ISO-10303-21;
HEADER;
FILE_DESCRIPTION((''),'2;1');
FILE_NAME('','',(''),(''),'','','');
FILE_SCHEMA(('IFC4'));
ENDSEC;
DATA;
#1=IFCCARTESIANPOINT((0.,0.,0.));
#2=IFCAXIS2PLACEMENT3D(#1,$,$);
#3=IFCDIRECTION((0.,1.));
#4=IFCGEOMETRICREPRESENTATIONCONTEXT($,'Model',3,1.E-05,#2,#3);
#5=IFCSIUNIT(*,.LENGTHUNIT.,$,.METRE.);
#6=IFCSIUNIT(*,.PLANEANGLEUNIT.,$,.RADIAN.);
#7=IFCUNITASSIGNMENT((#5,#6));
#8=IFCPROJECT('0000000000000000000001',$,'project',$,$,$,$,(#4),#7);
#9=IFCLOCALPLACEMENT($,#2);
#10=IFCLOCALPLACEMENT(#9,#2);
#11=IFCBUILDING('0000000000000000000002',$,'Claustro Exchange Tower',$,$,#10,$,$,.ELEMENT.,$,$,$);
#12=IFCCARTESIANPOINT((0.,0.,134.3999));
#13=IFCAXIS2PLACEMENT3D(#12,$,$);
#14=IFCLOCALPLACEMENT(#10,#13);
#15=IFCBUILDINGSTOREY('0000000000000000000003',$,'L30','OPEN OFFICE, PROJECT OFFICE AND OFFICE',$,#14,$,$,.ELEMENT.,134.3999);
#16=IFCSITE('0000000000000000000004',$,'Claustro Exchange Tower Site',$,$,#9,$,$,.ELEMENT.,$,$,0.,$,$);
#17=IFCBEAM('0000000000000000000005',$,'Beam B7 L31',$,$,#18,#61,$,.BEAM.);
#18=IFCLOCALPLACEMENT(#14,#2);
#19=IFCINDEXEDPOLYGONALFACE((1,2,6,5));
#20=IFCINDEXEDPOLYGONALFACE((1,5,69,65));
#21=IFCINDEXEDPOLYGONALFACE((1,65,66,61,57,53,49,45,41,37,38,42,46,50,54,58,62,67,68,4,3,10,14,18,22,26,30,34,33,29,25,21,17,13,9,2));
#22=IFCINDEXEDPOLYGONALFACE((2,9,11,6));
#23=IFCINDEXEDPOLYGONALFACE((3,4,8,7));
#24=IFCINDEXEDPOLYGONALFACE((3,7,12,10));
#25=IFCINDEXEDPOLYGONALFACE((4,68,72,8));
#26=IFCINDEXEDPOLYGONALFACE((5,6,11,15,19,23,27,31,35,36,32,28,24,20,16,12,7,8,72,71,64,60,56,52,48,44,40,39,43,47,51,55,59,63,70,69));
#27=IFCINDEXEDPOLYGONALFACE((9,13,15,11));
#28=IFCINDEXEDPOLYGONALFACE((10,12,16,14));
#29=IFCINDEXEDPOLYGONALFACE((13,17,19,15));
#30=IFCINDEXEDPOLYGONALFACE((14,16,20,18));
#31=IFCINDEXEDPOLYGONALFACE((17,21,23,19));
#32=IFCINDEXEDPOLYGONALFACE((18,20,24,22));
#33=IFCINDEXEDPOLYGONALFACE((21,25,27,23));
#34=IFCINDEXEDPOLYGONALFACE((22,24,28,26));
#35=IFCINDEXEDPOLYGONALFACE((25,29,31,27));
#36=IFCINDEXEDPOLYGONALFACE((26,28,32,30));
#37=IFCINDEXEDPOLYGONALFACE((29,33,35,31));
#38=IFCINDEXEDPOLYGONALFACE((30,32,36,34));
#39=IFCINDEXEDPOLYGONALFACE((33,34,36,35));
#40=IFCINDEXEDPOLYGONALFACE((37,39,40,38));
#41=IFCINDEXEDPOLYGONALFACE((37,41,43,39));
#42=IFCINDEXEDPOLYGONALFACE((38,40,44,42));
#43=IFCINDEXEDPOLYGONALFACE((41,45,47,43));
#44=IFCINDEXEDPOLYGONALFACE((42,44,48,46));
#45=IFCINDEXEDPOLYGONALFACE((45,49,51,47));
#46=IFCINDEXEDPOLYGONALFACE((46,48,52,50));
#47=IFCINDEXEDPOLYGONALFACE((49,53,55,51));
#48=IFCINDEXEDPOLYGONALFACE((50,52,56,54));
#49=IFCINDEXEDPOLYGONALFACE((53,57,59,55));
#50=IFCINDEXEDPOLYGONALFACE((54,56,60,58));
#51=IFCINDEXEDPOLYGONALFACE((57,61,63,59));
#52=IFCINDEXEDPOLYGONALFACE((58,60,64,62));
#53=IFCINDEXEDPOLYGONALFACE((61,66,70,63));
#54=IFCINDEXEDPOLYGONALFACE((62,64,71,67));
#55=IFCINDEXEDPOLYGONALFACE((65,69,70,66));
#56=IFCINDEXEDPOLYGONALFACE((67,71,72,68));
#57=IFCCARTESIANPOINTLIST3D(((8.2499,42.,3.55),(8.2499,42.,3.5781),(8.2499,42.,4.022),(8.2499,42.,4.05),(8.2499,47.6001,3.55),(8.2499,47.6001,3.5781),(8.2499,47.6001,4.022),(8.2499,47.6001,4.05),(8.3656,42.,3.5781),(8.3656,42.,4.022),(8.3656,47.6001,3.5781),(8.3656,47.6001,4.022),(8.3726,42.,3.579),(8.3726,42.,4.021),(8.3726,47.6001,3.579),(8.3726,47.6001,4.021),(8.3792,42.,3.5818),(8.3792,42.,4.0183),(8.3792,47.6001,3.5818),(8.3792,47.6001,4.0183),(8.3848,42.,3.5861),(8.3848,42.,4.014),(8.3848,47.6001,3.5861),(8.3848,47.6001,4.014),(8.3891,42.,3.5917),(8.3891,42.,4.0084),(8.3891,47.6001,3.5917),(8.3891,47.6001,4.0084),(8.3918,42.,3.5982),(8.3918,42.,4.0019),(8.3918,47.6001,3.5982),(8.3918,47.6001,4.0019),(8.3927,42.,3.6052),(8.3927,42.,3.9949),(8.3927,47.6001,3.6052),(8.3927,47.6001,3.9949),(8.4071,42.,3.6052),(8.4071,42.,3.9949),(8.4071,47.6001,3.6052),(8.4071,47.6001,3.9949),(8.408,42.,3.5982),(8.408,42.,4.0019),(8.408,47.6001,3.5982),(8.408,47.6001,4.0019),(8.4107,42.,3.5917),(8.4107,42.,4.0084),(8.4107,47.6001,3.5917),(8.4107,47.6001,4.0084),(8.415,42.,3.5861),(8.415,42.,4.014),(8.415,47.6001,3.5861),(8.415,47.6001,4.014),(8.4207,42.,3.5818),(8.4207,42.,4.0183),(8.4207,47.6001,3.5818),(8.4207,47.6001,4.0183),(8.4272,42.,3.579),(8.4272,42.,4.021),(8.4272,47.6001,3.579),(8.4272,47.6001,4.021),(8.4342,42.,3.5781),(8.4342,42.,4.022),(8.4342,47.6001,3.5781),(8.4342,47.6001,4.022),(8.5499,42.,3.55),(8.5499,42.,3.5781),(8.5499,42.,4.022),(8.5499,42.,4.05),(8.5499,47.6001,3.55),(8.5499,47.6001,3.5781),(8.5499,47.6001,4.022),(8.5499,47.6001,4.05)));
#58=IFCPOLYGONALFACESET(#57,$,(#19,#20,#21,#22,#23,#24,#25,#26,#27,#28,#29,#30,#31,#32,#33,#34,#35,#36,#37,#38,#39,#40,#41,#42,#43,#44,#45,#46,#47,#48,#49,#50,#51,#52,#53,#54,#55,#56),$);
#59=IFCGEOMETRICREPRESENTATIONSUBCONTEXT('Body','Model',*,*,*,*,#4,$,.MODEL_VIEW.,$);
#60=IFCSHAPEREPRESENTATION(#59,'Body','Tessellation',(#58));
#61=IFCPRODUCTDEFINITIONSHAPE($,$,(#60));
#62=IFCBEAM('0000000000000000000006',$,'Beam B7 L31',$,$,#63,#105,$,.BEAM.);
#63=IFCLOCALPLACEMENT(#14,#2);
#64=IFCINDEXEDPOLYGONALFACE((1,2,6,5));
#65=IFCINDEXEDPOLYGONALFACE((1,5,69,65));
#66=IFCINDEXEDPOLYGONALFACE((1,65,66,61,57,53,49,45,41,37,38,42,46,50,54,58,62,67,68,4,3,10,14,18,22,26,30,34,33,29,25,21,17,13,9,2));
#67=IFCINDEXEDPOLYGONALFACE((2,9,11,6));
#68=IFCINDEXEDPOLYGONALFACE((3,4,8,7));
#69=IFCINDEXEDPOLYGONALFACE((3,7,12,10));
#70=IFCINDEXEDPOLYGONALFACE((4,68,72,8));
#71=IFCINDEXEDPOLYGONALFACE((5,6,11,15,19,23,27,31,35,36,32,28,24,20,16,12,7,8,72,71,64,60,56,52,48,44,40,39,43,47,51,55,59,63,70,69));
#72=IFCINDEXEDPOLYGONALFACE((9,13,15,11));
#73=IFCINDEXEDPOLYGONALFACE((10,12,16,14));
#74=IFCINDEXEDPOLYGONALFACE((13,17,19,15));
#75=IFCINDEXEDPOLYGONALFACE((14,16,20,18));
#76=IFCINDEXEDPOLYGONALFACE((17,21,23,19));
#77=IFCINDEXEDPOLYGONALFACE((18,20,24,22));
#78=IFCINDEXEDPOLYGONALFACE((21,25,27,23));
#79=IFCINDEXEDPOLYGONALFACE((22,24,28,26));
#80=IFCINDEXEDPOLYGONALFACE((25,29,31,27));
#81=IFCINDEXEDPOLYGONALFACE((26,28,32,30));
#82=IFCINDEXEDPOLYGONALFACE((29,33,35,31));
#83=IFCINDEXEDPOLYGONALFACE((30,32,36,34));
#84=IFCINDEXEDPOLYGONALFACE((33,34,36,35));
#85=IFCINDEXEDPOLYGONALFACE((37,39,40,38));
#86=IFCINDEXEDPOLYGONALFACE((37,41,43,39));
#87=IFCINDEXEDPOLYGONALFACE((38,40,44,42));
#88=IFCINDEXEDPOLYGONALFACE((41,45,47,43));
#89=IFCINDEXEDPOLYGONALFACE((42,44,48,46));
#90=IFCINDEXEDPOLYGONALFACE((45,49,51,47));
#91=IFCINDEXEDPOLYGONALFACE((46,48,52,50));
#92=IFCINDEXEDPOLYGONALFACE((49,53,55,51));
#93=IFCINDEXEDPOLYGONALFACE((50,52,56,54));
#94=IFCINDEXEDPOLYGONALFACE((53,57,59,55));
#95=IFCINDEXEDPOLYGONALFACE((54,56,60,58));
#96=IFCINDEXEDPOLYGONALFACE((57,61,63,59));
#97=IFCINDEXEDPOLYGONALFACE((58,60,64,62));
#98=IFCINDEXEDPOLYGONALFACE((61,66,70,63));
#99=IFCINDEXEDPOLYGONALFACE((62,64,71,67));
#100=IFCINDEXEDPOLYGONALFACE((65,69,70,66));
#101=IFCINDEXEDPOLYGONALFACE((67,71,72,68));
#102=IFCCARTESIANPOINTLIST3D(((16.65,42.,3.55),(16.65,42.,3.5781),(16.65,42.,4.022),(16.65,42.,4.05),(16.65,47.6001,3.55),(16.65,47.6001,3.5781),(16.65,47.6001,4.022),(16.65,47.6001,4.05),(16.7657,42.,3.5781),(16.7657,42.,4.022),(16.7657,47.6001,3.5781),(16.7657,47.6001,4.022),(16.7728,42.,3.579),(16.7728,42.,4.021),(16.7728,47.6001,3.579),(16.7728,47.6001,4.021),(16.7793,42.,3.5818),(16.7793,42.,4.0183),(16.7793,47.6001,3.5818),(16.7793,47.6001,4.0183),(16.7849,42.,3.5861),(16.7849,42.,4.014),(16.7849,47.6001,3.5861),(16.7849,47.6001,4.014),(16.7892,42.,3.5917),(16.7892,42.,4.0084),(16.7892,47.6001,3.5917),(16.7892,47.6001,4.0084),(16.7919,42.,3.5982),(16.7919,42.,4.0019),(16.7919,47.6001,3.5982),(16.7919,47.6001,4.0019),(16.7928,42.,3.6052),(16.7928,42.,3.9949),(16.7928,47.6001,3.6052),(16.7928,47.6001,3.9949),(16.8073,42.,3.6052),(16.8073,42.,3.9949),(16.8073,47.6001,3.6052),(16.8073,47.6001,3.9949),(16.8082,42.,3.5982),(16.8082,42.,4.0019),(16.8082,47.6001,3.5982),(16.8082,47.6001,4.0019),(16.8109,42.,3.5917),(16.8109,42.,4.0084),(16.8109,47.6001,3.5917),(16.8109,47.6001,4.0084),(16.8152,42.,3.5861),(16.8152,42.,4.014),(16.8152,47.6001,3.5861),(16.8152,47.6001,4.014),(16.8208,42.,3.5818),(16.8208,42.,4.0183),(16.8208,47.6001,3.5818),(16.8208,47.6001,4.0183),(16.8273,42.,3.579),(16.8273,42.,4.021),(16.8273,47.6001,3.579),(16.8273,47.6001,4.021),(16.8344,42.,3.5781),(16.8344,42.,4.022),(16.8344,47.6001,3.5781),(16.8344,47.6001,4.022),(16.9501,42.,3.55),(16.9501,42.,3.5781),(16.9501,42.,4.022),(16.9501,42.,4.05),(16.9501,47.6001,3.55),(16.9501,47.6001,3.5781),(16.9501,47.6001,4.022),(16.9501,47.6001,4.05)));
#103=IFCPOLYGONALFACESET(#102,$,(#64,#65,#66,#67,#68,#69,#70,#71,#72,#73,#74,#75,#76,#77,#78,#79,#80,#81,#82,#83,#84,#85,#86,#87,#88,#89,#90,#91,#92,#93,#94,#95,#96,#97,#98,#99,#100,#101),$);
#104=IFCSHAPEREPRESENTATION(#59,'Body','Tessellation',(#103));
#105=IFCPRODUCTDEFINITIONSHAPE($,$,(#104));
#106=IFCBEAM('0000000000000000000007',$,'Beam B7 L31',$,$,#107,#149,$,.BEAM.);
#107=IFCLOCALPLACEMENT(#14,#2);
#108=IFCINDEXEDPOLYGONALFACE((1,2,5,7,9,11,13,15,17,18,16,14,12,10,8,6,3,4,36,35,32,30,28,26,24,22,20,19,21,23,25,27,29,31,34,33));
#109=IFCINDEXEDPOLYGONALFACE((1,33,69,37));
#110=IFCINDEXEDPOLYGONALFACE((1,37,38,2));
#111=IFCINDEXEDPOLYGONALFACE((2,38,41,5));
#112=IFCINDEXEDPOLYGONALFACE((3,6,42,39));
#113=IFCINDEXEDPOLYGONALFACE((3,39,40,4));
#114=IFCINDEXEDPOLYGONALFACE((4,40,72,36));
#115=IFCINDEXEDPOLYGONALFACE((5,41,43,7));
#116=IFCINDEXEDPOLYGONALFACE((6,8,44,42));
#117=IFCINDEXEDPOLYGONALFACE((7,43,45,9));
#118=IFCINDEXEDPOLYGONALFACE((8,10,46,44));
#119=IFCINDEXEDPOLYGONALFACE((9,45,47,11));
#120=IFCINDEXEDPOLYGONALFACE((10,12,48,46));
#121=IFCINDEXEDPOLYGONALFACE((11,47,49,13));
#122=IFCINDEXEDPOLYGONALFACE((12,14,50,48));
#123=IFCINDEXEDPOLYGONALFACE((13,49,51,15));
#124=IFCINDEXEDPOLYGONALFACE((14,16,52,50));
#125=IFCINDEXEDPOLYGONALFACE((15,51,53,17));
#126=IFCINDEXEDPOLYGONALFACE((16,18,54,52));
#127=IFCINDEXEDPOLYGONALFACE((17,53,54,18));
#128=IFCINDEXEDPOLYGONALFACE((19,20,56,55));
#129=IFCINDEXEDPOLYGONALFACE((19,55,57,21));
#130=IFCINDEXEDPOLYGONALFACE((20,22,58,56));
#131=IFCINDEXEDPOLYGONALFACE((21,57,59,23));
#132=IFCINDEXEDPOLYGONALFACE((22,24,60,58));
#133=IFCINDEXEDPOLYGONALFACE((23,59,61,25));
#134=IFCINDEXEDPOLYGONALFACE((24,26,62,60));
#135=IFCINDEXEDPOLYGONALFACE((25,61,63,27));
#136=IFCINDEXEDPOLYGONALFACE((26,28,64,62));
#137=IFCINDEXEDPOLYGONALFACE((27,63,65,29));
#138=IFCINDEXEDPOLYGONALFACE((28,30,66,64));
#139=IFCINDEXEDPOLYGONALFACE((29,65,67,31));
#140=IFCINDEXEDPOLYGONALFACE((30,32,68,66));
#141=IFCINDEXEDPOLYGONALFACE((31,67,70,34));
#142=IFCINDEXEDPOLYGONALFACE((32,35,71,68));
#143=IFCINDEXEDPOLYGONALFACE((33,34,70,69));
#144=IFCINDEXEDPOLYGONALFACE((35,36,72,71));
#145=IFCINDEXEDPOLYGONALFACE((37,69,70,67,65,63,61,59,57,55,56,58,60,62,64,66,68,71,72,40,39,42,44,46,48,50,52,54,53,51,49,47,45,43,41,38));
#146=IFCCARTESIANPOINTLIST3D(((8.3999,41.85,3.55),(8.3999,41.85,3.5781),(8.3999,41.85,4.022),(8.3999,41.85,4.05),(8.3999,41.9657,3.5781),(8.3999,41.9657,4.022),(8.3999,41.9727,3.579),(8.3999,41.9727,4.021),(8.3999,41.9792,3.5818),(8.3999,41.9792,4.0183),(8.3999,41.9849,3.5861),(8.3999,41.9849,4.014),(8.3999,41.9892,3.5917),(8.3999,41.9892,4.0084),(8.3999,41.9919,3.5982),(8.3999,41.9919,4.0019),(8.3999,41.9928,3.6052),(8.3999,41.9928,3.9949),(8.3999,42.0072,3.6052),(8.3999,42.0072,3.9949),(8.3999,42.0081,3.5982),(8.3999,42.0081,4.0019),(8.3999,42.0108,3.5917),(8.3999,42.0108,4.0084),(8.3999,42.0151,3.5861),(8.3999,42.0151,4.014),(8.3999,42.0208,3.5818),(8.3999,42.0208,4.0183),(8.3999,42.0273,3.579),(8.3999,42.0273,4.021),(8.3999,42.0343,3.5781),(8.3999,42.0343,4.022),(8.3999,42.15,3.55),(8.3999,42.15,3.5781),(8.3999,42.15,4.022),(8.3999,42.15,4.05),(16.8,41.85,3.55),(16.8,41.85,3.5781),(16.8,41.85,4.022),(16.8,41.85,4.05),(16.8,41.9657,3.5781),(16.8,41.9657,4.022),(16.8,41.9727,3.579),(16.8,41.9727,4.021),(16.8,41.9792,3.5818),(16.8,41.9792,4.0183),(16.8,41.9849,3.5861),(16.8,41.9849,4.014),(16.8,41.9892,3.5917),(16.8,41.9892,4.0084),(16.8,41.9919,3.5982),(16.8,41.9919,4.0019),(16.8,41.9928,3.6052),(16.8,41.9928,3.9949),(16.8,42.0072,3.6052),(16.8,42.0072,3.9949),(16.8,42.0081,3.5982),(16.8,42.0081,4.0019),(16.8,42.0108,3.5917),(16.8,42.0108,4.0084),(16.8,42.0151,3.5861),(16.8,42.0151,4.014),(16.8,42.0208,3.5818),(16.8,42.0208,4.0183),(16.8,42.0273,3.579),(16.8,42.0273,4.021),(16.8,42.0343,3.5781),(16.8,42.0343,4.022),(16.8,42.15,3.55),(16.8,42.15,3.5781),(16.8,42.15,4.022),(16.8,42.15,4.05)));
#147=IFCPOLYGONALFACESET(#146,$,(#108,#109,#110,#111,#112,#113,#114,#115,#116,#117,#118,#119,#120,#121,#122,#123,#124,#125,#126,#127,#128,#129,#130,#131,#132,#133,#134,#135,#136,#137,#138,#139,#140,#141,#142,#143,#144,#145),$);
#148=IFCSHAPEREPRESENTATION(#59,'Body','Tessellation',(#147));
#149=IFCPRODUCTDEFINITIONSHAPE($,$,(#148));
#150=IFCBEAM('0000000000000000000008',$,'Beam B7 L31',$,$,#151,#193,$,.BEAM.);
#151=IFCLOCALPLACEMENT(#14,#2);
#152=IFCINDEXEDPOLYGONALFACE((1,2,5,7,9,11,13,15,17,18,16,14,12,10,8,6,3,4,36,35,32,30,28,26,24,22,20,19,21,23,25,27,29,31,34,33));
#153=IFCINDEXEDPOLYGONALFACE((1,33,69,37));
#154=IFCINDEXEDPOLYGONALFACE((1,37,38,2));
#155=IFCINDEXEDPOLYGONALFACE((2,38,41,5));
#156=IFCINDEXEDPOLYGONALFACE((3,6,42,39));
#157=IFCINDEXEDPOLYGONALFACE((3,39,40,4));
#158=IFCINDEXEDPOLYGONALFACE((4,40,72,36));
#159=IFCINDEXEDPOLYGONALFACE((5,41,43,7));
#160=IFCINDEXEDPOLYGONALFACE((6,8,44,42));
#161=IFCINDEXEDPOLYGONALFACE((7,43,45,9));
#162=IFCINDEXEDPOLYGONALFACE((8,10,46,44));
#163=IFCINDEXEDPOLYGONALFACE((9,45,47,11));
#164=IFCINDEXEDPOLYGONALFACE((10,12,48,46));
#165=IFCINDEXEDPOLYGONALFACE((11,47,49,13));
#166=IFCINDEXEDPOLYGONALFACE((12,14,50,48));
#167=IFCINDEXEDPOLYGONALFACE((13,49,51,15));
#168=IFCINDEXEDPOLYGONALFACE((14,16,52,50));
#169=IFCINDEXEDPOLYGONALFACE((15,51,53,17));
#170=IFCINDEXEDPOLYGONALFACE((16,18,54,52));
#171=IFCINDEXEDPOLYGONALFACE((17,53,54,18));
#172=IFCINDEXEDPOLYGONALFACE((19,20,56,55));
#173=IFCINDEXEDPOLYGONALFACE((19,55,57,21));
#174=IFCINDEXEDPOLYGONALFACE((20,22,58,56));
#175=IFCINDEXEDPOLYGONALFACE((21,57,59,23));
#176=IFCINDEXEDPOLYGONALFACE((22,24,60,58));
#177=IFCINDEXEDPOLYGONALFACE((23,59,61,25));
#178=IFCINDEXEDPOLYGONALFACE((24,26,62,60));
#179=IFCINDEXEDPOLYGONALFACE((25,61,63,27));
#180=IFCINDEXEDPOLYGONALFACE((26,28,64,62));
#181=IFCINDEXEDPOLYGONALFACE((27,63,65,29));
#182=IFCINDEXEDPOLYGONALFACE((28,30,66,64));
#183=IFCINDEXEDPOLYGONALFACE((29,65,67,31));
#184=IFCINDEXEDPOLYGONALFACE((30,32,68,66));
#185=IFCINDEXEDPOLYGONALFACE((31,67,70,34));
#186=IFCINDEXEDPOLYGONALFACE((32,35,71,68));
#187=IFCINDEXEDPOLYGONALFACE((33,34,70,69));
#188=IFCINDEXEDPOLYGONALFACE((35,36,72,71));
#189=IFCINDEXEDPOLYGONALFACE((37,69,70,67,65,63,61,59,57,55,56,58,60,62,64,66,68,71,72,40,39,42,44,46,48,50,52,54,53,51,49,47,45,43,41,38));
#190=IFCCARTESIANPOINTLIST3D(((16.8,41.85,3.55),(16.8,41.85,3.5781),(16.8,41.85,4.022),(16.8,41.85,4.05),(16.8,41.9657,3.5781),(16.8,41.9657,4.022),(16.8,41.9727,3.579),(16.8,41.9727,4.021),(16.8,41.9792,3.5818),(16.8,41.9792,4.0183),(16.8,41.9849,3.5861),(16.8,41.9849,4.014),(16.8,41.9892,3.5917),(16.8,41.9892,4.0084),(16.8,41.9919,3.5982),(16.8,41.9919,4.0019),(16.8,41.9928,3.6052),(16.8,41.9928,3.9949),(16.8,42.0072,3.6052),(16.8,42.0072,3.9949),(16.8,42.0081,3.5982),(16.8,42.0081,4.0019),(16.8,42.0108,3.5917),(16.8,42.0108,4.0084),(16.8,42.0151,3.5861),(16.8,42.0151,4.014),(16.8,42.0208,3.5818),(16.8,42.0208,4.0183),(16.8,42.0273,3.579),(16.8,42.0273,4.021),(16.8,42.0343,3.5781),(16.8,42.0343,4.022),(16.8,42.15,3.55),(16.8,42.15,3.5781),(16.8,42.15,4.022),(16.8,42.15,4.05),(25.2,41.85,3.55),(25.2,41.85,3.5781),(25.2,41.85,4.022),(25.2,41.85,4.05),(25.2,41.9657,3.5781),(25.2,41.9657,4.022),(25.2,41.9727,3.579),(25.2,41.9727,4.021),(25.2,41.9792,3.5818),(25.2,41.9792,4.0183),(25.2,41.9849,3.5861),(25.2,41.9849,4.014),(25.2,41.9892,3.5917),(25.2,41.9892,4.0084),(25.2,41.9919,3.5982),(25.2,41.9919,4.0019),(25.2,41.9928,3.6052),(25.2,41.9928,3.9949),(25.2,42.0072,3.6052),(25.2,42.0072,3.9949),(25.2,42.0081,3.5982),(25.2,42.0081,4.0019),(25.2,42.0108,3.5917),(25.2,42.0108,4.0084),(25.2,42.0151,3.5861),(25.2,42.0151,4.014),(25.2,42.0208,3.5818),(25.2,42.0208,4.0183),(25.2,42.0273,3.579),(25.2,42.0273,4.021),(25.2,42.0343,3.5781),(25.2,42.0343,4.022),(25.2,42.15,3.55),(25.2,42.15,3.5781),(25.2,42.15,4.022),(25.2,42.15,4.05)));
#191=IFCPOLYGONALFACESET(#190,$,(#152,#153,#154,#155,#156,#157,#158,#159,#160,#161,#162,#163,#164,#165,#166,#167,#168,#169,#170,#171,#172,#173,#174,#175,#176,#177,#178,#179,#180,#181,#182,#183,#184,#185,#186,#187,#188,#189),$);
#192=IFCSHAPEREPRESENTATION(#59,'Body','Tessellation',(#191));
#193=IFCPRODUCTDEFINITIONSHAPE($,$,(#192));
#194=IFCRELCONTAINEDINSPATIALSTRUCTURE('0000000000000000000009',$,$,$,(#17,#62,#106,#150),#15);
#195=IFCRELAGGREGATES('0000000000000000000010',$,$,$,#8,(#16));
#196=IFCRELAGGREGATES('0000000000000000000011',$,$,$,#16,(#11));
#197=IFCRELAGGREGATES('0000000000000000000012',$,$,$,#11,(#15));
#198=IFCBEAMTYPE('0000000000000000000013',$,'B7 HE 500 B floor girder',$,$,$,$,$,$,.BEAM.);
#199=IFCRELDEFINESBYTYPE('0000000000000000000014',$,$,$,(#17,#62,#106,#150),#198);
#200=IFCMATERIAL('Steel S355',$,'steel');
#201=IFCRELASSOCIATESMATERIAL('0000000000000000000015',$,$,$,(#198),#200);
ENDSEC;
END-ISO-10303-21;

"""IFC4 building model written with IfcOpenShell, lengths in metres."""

from ifc_helpers import new_model, si_unit, direction, frame, origin, origin_2d, place, context, subcontext, project, spatial, i_section, extrude, material, material_profile, profile_set, type_object, element, save


model = new_model("IFC4")

# Units and contexts
model_context = context("Model", 3, precision=1e-05, world=origin(), true_north=direction((0.0, 1.0)))
body_context = subcontext(model_context, "Body", "Model", "MODEL_VIEW")
ifc_project = project(units=[si_unit("LENGTHUNIT", "METRE"), si_unit("PLANEANGLEUNIT", "RADIAN")], contexts=[model_context])

# Site, building, storey
site_placement = place(None, origin())
site = spatial("IfcSite", under=ifc_project, at=site_placement, Name="Claustro Exchange Tower Site", CompositionType="ELEMENT", RefElevation=0.0)
building_placement = place(site_placement, origin())
building = spatial("IfcBuilding", under=site, at=building_placement, Name="Claustro Exchange Tower", CompositionType="ELEMENT")
storey_placement = place(building_placement, frame((0.0, 0.0, 134.3999)))
storey = spatial("IfcBuildingStorey", under=building, at=storey_placement, Name="L30", Description="OPEN OFFICE, PROJECT OFFICE AND OFFICE", CompositionType="ELEMENT", Elevation=134.3999)

# Beams
ifc_material_1 = material(Name="Steel S355", Category="steel")
ifc_material_profile_1 = material_profile(ifc_material_1, i_section(OverallWidth=0.3, OverallDepth=0.5, WebThickness=0.0144, FlangeThickness=0.0281, FilletRadius=0.0271, at=origin_2d()), Name="HE 500 B")
ifc_profile_set_1 = profile_set([ifc_material_profile_1], Name="Steel S355")
beam_type_1 = type_object("IfcBeamType", Name="B7 HE 500 B floor girder", PredefinedType="BEAM", material=ifc_profile_set_1)
for number, where, z_axis, x_axis, name in (
    (1, (8.3999, 42.0, 3.8), (0.0, 1.0, 0.0), (-1.0, 0.0, 0.0), "Beam B7 L31"),
    (2, (16.8, 42.0, 3.8), (0.0, 1.0, 0.0), (-1.0, 0.0, 0.0), "Beam B7 L31"),
):
    element("IfcBeam", number, at=place(storey_placement, frame(where, z_axis=z_axis, x_axis=x_axis)), inside=storey, type_object=beam_type_1, Name=name, PredefinedType="BEAM", context=body_context, shape_type="SweptSolid", body=[
        extrude(i_section(OverallWidth=0.3, OverallDepth=0.5, WebThickness=0.0144, FlangeThickness=0.0281, FilletRadius=0.0271, at=origin_2d()), origin(), (0.0, 0.0, 1.0), 5.6001),
    ])
beam_1_placement = place(storey_placement, frame((8.3999, 42.0, 3.8), z_axis=(1.0, 0.0, 0.0), x_axis=(0.0, 1.0, 0.0)))
element("IfcBeam", 3, at=beam_1_placement, inside=storey, type_object=beam_type_1, Name="Beam B7 L31", PredefinedType="BEAM", context=body_context, shape_type="SweptSolid", body=[
    extrude(i_section(OverallWidth=0.3, OverallDepth=0.5, WebThickness=0.0144, FlangeThickness=0.0281, FilletRadius=0.0271, at=origin_2d()), origin(), (0.0, 0.0, 1.0), 8.4001),
])
beam_2_placement = place(storey_placement, frame((16.8, 42.0, 3.8), z_axis=(1.0, 0.0, 0.0), x_axis=(0.0, 1.0, 0.0)))
element("IfcBeam", 4, at=beam_2_placement, inside=storey, type_object=beam_type_1, Name="Beam B7 L31", PredefinedType="BEAM", context=body_context, shape_type="SweptSolid", body=[
    extrude(i_section(OverallWidth=0.3, OverallDepth=0.5, WebThickness=0.0144, FlangeThickness=0.0281, FilletRadius=0.0271, at=origin_2d()), origin(), (0.0, 0.0, 1.0), 8.3999),
])

save(model, "model.ifc")
